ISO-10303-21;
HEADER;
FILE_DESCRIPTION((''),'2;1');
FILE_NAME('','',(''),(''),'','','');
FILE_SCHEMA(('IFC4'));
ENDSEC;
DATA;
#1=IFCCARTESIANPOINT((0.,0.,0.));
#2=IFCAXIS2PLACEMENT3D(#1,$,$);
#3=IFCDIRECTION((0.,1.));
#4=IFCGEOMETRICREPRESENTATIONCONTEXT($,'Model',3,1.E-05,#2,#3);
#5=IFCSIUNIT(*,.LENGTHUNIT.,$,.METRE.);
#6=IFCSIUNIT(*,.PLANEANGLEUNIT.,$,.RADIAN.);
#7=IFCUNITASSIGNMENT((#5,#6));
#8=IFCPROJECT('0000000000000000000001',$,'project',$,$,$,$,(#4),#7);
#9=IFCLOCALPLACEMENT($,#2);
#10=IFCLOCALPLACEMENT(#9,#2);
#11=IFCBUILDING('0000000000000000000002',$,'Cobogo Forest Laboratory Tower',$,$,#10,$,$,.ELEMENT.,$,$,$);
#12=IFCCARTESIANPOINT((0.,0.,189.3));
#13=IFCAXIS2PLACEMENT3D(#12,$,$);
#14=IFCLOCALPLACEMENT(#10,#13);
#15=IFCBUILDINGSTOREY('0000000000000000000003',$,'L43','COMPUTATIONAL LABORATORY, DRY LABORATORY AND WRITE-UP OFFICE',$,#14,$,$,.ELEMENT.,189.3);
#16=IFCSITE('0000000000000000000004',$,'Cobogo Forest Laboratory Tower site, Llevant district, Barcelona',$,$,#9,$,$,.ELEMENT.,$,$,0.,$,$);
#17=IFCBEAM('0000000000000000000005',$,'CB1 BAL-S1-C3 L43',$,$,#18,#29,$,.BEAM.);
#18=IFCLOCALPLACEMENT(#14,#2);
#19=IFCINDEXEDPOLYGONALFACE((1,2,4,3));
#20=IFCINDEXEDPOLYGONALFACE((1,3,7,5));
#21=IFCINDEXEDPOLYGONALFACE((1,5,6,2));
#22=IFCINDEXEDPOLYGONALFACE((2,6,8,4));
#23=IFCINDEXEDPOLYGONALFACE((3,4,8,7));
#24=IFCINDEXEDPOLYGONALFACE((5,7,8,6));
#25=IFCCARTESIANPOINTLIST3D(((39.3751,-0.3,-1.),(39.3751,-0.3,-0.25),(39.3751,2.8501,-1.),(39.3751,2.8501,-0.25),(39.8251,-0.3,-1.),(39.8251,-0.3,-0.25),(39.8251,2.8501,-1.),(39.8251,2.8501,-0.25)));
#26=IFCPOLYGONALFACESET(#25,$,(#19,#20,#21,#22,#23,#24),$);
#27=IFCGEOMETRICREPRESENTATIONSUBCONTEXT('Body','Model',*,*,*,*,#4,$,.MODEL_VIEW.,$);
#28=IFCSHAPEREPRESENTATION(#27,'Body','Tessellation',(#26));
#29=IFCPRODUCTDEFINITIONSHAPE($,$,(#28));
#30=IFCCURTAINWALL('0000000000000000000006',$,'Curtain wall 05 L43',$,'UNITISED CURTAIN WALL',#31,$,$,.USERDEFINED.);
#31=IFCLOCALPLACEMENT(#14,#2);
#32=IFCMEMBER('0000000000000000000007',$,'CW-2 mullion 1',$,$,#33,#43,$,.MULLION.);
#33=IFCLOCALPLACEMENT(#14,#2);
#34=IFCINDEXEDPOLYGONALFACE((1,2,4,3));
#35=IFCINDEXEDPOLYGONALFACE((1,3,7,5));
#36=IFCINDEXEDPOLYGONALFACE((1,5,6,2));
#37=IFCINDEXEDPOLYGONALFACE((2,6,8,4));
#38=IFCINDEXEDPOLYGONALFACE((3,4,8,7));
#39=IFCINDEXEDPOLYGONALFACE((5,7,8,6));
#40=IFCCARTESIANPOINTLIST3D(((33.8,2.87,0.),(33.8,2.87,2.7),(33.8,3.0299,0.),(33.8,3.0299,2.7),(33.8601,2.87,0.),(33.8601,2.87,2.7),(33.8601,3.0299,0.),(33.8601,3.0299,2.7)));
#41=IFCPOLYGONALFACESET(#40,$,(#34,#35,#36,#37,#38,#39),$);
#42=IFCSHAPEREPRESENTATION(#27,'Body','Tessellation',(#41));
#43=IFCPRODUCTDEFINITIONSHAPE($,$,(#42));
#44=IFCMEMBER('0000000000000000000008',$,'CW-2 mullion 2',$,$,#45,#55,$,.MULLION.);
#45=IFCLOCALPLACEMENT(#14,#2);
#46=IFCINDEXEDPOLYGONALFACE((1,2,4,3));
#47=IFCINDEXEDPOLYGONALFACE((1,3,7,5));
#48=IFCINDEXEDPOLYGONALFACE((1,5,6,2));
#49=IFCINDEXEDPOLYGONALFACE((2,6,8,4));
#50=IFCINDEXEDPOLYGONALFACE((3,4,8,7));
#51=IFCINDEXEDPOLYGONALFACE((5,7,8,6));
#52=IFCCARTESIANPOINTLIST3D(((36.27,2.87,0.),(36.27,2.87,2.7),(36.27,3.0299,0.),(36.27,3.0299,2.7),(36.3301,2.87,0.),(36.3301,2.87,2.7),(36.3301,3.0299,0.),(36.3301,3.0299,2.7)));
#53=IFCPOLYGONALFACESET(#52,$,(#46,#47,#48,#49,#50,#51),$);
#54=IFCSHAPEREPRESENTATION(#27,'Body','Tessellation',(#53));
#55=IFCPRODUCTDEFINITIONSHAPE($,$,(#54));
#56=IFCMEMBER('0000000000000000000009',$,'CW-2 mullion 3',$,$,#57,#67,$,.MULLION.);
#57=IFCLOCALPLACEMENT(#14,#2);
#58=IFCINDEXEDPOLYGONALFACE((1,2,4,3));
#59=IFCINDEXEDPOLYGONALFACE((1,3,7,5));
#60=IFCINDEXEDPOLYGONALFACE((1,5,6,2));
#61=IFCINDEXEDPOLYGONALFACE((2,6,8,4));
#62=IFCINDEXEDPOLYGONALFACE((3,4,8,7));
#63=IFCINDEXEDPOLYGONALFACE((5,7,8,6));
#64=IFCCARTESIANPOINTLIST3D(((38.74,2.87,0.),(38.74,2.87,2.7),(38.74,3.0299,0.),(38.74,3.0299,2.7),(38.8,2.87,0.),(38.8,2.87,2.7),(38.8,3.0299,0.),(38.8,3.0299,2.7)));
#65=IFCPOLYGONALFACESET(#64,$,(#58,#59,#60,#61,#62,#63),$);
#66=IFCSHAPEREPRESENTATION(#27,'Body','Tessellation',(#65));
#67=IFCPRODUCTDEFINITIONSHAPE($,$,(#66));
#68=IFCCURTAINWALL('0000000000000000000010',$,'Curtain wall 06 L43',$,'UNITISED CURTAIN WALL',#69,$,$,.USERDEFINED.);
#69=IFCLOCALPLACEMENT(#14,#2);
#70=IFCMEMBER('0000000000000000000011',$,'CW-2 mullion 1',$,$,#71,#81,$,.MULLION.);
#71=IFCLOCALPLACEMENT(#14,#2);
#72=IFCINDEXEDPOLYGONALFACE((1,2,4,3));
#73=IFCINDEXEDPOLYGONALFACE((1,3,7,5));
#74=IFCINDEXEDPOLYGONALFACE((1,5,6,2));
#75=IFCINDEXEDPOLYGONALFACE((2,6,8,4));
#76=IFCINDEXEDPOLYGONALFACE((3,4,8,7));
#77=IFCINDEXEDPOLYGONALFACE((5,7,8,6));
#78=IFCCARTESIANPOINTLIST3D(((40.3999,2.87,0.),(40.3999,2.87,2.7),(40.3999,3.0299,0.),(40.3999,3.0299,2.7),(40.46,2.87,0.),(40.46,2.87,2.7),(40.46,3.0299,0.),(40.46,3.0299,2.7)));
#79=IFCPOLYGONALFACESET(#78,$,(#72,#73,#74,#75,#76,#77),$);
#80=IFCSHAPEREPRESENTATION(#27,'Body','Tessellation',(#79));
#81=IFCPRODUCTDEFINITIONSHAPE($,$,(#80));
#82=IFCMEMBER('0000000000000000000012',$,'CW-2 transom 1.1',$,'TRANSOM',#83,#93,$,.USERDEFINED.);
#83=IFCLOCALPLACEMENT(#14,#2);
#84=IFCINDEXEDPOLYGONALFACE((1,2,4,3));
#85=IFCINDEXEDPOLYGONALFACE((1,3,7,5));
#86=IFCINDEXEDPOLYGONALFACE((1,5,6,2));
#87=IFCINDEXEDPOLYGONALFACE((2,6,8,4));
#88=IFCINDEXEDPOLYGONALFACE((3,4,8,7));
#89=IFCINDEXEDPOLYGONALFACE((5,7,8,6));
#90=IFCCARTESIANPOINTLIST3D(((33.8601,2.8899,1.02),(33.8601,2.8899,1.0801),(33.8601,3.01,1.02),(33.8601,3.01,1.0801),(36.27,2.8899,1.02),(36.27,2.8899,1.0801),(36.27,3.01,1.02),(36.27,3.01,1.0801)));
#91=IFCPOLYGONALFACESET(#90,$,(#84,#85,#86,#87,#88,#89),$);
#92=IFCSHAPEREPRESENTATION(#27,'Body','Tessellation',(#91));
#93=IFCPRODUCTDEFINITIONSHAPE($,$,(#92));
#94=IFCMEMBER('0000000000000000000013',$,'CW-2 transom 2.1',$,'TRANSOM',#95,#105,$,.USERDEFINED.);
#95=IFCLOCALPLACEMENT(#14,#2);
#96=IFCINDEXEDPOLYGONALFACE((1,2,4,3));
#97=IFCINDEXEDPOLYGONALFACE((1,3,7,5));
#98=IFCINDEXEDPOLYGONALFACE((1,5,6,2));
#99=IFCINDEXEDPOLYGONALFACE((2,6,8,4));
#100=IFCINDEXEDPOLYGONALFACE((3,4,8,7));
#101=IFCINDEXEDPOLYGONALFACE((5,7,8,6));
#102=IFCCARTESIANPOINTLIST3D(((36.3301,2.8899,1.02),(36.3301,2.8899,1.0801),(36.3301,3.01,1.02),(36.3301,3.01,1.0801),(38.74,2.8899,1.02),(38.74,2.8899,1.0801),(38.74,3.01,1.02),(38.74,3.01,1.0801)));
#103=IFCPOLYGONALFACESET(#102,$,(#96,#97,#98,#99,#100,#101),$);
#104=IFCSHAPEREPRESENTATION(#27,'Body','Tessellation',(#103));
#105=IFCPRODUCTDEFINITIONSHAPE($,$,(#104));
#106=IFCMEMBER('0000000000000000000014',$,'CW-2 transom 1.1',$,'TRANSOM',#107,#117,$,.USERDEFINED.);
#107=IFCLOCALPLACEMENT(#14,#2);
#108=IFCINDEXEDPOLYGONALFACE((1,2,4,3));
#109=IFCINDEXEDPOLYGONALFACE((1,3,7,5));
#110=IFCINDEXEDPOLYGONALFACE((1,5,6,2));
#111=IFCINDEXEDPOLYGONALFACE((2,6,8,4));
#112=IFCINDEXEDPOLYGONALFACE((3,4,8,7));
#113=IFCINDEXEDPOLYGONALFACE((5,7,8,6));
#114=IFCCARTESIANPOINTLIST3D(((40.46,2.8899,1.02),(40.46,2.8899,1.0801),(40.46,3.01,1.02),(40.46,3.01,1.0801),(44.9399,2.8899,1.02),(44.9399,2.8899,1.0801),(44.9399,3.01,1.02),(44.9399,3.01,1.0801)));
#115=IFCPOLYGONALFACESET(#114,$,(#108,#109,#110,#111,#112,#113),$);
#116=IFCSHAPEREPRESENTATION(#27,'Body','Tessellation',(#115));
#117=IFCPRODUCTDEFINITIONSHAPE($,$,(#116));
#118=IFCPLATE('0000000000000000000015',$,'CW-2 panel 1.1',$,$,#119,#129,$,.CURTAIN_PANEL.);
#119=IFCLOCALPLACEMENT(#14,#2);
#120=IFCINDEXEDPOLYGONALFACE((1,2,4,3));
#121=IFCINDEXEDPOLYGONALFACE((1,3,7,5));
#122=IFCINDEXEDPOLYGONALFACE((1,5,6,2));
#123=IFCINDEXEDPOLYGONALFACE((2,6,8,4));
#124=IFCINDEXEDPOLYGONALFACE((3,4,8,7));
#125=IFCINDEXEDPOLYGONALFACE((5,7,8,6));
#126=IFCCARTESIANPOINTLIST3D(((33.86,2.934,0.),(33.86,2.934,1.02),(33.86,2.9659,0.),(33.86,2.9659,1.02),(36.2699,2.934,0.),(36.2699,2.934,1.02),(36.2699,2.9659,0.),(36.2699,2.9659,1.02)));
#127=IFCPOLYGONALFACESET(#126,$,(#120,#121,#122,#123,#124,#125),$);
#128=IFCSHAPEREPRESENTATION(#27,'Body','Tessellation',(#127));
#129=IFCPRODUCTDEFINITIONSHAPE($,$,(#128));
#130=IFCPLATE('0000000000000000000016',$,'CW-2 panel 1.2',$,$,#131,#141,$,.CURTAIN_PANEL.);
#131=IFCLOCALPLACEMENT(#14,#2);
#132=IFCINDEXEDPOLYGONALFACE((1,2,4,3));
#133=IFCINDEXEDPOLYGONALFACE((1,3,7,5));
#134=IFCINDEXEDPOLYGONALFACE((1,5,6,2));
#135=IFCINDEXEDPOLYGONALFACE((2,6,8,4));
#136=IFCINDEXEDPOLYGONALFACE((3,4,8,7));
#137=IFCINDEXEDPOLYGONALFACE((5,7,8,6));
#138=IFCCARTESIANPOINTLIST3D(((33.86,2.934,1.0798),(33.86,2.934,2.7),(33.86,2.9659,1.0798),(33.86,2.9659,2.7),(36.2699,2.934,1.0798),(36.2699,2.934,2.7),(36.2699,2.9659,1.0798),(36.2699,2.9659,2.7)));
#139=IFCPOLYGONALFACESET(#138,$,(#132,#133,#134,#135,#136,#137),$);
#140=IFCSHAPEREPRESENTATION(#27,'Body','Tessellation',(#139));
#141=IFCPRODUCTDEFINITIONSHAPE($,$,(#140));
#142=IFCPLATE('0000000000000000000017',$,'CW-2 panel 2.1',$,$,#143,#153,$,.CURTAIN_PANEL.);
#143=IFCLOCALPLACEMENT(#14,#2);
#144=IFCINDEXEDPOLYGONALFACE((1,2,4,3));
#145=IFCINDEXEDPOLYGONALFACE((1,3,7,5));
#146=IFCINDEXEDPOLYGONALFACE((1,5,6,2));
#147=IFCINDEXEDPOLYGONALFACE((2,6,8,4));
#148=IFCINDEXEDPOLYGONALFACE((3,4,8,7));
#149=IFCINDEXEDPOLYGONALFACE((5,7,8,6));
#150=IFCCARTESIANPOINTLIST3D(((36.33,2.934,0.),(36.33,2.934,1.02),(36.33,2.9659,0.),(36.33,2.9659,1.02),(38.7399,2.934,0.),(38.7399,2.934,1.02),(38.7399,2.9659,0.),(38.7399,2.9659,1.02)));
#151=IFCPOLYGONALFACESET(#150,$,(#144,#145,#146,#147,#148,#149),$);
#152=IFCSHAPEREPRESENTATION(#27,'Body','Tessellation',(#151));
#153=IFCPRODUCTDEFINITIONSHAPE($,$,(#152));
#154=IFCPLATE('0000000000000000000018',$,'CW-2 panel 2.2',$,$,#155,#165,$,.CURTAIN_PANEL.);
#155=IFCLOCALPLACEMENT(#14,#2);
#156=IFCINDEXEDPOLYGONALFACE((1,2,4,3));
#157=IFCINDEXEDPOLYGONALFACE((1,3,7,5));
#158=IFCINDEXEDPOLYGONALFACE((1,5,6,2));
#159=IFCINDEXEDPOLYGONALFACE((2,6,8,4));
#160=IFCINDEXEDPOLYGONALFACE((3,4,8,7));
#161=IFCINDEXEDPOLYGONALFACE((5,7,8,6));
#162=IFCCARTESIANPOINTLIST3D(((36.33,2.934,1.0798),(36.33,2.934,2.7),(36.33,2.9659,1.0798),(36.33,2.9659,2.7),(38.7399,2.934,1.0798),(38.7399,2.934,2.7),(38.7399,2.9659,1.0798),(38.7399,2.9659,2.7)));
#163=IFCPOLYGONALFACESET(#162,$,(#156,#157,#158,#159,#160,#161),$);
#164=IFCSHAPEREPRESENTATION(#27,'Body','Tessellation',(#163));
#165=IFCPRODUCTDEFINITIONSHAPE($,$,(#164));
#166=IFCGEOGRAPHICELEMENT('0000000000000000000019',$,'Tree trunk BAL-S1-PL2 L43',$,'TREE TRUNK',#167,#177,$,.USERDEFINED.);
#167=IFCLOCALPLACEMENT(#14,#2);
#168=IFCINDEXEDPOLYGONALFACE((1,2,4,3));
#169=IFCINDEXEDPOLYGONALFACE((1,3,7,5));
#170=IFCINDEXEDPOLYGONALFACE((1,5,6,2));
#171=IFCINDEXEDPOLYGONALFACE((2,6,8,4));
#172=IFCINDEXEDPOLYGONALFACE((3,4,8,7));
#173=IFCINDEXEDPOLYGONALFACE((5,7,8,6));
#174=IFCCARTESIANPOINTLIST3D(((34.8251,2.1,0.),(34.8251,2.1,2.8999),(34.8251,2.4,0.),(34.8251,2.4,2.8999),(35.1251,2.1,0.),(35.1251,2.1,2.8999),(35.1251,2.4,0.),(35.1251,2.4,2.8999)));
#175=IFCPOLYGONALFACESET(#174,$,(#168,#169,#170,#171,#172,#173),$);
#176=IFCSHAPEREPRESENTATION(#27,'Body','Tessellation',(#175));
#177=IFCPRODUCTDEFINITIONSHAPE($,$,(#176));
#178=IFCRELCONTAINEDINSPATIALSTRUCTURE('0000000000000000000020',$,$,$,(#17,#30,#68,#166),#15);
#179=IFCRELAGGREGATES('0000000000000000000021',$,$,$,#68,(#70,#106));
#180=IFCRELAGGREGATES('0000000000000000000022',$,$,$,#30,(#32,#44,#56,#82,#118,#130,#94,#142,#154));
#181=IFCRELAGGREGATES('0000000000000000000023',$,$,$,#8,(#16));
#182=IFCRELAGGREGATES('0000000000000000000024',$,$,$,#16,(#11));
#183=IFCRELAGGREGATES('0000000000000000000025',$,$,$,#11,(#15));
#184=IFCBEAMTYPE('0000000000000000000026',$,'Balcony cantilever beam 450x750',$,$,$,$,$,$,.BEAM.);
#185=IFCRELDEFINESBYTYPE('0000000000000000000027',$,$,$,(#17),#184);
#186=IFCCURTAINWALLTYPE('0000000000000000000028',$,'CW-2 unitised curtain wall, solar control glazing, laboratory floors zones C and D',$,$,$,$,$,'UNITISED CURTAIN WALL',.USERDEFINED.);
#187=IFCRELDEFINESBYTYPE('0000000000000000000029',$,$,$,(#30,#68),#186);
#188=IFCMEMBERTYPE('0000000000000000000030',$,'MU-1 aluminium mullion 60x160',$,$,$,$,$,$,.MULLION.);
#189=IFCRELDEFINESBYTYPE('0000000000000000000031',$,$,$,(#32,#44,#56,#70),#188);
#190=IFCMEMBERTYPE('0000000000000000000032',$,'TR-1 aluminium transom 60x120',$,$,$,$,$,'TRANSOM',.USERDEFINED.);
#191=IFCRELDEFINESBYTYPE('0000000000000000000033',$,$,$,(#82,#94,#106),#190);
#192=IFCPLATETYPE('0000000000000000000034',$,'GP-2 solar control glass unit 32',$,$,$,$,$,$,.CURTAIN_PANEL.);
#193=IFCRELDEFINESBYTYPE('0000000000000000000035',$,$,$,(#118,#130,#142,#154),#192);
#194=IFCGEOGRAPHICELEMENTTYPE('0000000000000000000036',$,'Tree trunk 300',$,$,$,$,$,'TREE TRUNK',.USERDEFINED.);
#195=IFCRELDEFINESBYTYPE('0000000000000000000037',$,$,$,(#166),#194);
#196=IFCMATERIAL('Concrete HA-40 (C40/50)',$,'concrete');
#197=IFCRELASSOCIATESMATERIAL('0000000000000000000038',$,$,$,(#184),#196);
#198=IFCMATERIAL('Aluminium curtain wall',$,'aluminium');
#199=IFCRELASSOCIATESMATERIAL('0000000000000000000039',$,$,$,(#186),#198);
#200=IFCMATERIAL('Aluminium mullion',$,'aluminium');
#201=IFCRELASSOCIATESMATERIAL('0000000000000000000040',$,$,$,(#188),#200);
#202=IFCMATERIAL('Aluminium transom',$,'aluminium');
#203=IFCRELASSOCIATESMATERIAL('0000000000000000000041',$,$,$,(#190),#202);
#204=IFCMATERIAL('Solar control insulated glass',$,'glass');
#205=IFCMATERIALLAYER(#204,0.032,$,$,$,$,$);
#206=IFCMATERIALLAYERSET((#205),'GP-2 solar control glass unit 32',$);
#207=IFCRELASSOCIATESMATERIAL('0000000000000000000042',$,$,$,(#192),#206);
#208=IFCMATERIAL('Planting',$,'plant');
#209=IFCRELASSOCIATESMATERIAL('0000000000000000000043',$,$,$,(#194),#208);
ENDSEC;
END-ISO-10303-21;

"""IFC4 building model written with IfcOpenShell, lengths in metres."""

from ifc_helpers import new_model, si_unit, direction, frame, origin, origin_2d, place, context, subcontext, project, spatial, rectangle, extrude, material, layer, layer_set, material_profile, profile_set, type_object, element, aggregate, save


model = new_model("IFC4")

# Units and contexts
model_context = context("Model", 3, precision=1e-05, world=origin(), true_north=direction((0.0, 1.0)))
body_context = subcontext(model_context, "Body", "Model", "MODEL_VIEW")
ifc_project = project(units=[si_unit("LENGTHUNIT", "METRE"), si_unit("PLANEANGLEUNIT", "RADIAN")], contexts=[model_context])

# Site, building, storey
site_placement = place(None, origin())
site = spatial("IfcSite", under=ifc_project, at=site_placement, Name="Cobogo Forest Laboratory Tower site, Llevant district, Barcelona", CompositionType="ELEMENT", RefElevation=0.0)
building_placement = place(site_placement, origin())
building = spatial("IfcBuilding", under=site, at=building_placement, Name="Cobogo Forest Laboratory Tower", CompositionType="ELEMENT")
storey_placement = place(building_placement, frame((0.0, 0.0, 189.3)))
storey = spatial("IfcBuildingStorey", under=building, at=storey_placement, Name="L43", Description="COMPUTATIONAL LABORATORY, DRY LABORATORY AND WRITE-UP OFFICE", CompositionType="ELEMENT", Elevation=189.3)

# Beam
ifc_material_1 = material(Name="Concrete HA-40 (C40/50)", Category="concrete")
ifc_material_profile_1 = material_profile(ifc_material_1, rectangle(XDim=0.45, YDim=0.75, at=origin_2d()), Name="RC 450x750")
ifc_profile_set_1 = profile_set([ifc_material_profile_1], Name="Concrete HA-40 (C40/50)")
beam_type = type_object("IfcBeamType", Name="Balcony cantilever beam 450x750", PredefinedType="BEAM", material=ifc_profile_set_1)
beam_placement = place(storey_placement, frame((39.6001, 2.8501, -0.625), z_axis=(0.0, -1.0, 0.0), x_axis=(1.0, 0.0, 0.0)))
element("IfcBeam", 1, at=beam_placement, inside=storey, type_object=beam_type, Name="CB1 BAL-S1-C3 L43", PredefinedType="BEAM", context=body_context, shape_type="SweptSolid", body=[
    extrude(rectangle(XDim=0.45, YDim=0.75, at=origin_2d()), origin(), (0.0, 0.0, 1.0), 3.1501),
])

# Curtain wall, members
ifc_material_2 = material(Name="Aluminium curtain wall", Category="aluminium")
curtain_wall_type = type_object("IfcCurtainWallType", Name="CW-2 unitised curtain wall, solar control glazing, laboratory floors zones C and D", ElementType="UNITISED CURTAIN WALL", PredefinedType="USERDEFINED", material=ifc_material_2)
curtain_wall_1_placement = place(storey_placement, origin())
curtain_wall_1 = element("IfcCurtainWall", 2, at=curtain_wall_1_placement, inside=storey, type_object=curtain_wall_type, Name="Curtain wall 05 L43", ObjectType="UNITISED CURTAIN WALL", PredefinedType="USERDEFINED")
ifc_material_3 = material(Name="Aluminium mullion", Category="aluminium")
ifc_material_profile_2 = material_profile(ifc_material_3, rectangle(XDim=0.0601, YDim=0.1599, at=origin_2d()), Name="AL 60x160")
ifc_profile_set_2 = profile_set([ifc_material_profile_2], Name="Aluminium mullion")
member_type_1 = type_object("IfcMemberType", Name="MU-1 aluminium mullion 60x160", PredefinedType="MULLION", material=ifc_profile_set_2)
member_1_placement = place(storey_placement, frame((33.8301, 2.95, 0.0), z_axis=(0.0, 0.0, 1.0), x_axis=(1.0, 0.0, 0.0)))
member_1 = element("IfcMember", 3, at=member_1_placement, type_object=member_type_1, Name="CW-2 mullion 1", PredefinedType="MULLION", context=body_context, shape_type="SweptSolid", body=[
    extrude(rectangle(XDim=0.0601, YDim=0.1599, at=origin_2d()), origin(), (0.0, 0.0, 1.0), 2.7),
])
member_2_placement = place(storey_placement, frame((36.3, 2.95, 0.0), z_axis=(0.0, 0.0, 1.0), x_axis=(1.0, 0.0, 0.0)))
member_2 = element("IfcMember", 4, at=member_2_placement, type_object=member_type_1, Name="CW-2 mullion 2", PredefinedType="MULLION", context=body_context, shape_type="SweptSolid", body=[
    extrude(rectangle(XDim=0.0601, YDim=0.1599, at=origin_2d()), origin(), (0.0, 0.0, 1.0), 2.7),
])
member_3_placement = place(storey_placement, frame((38.77, 2.95, 0.0), z_axis=(0.0, 0.0, 1.0), x_axis=(1.0, 0.0, 0.0)))
member_3 = element("IfcMember", 5, at=member_3_placement, type_object=member_type_1, Name="CW-2 mullion 3", PredefinedType="MULLION", context=body_context, shape_type="SweptSolid", body=[
    extrude(rectangle(XDim=0.0601, YDim=0.1599, at=origin_2d()), origin(), (0.0, 0.0, 1.0), 2.7),
])

# Curtain wall, member
curtain_wall_2_placement = place(storey_placement, origin())
curtain_wall_2 = element("IfcCurtainWall", 6, at=curtain_wall_2_placement, inside=storey, type_object=curtain_wall_type, Name="Curtain wall 06 L43", ObjectType="UNITISED CURTAIN WALL", PredefinedType="USERDEFINED")
member_4_placement = place(storey_placement, frame((40.4299, 2.95, 0.0), z_axis=(0.0, 0.0, 1.0), x_axis=(1.0, 0.0, 0.0)))
member_4 = element("IfcMember", 7, at=member_4_placement, type_object=member_type_1, Name="CW-2 mullion 1", PredefinedType="MULLION", context=body_context, shape_type="SweptSolid", body=[
    extrude(rectangle(XDim=0.0601, YDim=0.1599, at=origin_2d()), origin(), (0.0, 0.0, 1.0), 2.7),
])

# Members
ifc_material_4 = material(Name="Aluminium transom", Category="aluminium")
ifc_material_profile_3 = material_profile(ifc_material_4, rectangle(XDim=0.1201, YDim=0.0601, at=origin_2d()), Name="AL 60x120")
ifc_profile_set_3 = profile_set([ifc_material_profile_3], Name="Aluminium transom")
member_type_2 = type_object("IfcMemberType", Name="TR-1 aluminium transom 60x120", ElementType="TRANSOM", PredefinedType="USERDEFINED", material=ifc_profile_set_3)
member_5_placement = place(storey_placement, frame((33.8601, 2.95, 1.05), z_axis=(1.0, 0.0, 0.0), x_axis=(0.0, 1.0, 0.0)))
member_5 = element("IfcMember", 8, at=member_5_placement, type_object=member_type_2, Name="CW-2 transom 1.1", ObjectType="TRANSOM", PredefinedType="USERDEFINED", context=body_context, shape_type="SweptSolid", body=[
    extrude(rectangle(XDim=0.1201, YDim=0.0601, at=origin_2d()), origin(), (0.0, 0.0, 1.0), 2.4099),
])
member_6_placement = place(storey_placement, frame((36.3301, 2.95, 1.05), z_axis=(1.0, 0.0, 0.0), x_axis=(0.0, 1.0, 0.0)))
member_6 = element("IfcMember", 9, at=member_6_placement, type_object=member_type_2, Name="CW-2 transom 2.1", ObjectType="TRANSOM", PredefinedType="USERDEFINED", context=body_context, shape_type="SweptSolid", body=[
    extrude(rectangle(XDim=0.1201, YDim=0.0601, at=origin_2d()), origin(), (0.0, 0.0, 1.0), 2.4099),
])
member_7_placement = place(storey_placement, frame((40.46, 2.95, 1.05), z_axis=(1.0, 0.0, 0.0), x_axis=(0.0, 1.0, 0.0)))
member_7 = element("IfcMember", 10, at=member_7_placement, type_object=member_type_2, Name="CW-2 transom 1.1", ObjectType="TRANSOM", PredefinedType="USERDEFINED", context=body_context, shape_type="SweptSolid", body=[
    extrude(rectangle(XDim=0.1201, YDim=0.0601, at=origin_2d()), origin(), (0.0, 0.0, 1.0), 4.48),
])
aggregate(curtain_wall_2, [member_4, member_7])

# Plates
ifc_material_5 = material(Name="Solar control insulated glass", Category="glass")
ifc_layer = layer(ifc_material_5, 0.032)
ifc_layer_set = layer_set([ifc_layer], Name="GP-2 solar control glass unit 32")
plate_type = type_object("IfcPlateType", Name="GP-2 solar control glass unit 32", PredefinedType="CURTAIN_PANEL", material=ifc_layer_set)
plate_1_placement = place(storey_placement, frame((35.0649, 2.95, 0.0), z_axis=(0.0, 0.0, 1.0), x_axis=(1.0, 0.0, 0.0)))
plate_1 = element("IfcPlate", 11, at=plate_1_placement, type_object=plate_type, Name="CW-2 panel 1.1", PredefinedType="CURTAIN_PANEL", context=body_context, shape_type="SweptSolid", body=[
    extrude(rectangle(XDim=2.4099, YDim=0.032, at=origin_2d()), origin(), (0.0, 0.0, 1.0), 1.02),
])
plate_2_placement = place(storey_placement, frame((35.0649, 2.95, 1.0798), z_axis=(0.0, 0.0, 1.0), x_axis=(1.0, 0.0, 0.0)))
plate_2 = element("IfcPlate", 12, at=plate_2_placement, type_object=plate_type, Name="CW-2 panel 1.2", PredefinedType="CURTAIN_PANEL", context=body_context, shape_type="SweptSolid", body=[
    extrude(rectangle(XDim=2.4099, YDim=0.032, at=origin_2d()), origin(), (0.0, 0.0, 1.0), 1.6201),
])
plate_3_placement = place(storey_placement, frame((37.5349, 2.95, 0.0), z_axis=(0.0, 0.0, 1.0), x_axis=(1.0, 0.0, 0.0)))
plate_3 = element("IfcPlate", 13, at=plate_3_placement, type_object=plate_type, Name="CW-2 panel 2.1", PredefinedType="CURTAIN_PANEL", context=body_context, shape_type="SweptSolid", body=[
    extrude(rectangle(XDim=2.4099, YDim=0.032, at=origin_2d()), origin(), (0.0, 0.0, 1.0), 1.02),
])
plate_4_placement = place(storey_placement, frame((37.5349, 2.95, 1.0798), z_axis=(0.0, 0.0, 1.0), x_axis=(1.0, 0.0, 0.0)))
plate_4 = element("IfcPlate", 14, at=plate_4_placement, type_object=plate_type, Name="CW-2 panel 2.2", PredefinedType="CURTAIN_PANEL", context=body_context, shape_type="SweptSolid", body=[
    extrude(rectangle(XDim=2.4099, YDim=0.032, at=origin_2d()), origin(), (0.0, 0.0, 1.0), 1.6201),
])
aggregate(curtain_wall_1, [member_1, member_2, member_3, member_5, plate_1, plate_2, member_6, plate_3, plate_4])

# Geographic element
ifc_material_6 = material(Name="Planting", Category="plant")
geographic_element_type = type_object("IfcGeographicElementType", Name="Tree trunk 300", ElementType="TREE TRUNK", PredefinedType="USERDEFINED", material=ifc_material_6)
geographic_element_placement = place(storey_placement, frame((34.9751, 2.25, 0.0), z_axis=(0.0, 0.0, 1.0), x_axis=(1.0, 0.0, 0.0)))
element("IfcGeographicElement", 15, at=geographic_element_placement, inside=storey, type_object=geographic_element_type, Name="Tree trunk BAL-S1-PL2 L43", ObjectType="TREE TRUNK", PredefinedType="USERDEFINED", context=body_context, shape_type="SweptSolid", body=[
    extrude(rectangle(XDim=0.3, YDim=0.3, at=origin_2d()), origin(), (0.0, 0.0, 1.0), 2.8999),
])

save(model, "model.ifc")
